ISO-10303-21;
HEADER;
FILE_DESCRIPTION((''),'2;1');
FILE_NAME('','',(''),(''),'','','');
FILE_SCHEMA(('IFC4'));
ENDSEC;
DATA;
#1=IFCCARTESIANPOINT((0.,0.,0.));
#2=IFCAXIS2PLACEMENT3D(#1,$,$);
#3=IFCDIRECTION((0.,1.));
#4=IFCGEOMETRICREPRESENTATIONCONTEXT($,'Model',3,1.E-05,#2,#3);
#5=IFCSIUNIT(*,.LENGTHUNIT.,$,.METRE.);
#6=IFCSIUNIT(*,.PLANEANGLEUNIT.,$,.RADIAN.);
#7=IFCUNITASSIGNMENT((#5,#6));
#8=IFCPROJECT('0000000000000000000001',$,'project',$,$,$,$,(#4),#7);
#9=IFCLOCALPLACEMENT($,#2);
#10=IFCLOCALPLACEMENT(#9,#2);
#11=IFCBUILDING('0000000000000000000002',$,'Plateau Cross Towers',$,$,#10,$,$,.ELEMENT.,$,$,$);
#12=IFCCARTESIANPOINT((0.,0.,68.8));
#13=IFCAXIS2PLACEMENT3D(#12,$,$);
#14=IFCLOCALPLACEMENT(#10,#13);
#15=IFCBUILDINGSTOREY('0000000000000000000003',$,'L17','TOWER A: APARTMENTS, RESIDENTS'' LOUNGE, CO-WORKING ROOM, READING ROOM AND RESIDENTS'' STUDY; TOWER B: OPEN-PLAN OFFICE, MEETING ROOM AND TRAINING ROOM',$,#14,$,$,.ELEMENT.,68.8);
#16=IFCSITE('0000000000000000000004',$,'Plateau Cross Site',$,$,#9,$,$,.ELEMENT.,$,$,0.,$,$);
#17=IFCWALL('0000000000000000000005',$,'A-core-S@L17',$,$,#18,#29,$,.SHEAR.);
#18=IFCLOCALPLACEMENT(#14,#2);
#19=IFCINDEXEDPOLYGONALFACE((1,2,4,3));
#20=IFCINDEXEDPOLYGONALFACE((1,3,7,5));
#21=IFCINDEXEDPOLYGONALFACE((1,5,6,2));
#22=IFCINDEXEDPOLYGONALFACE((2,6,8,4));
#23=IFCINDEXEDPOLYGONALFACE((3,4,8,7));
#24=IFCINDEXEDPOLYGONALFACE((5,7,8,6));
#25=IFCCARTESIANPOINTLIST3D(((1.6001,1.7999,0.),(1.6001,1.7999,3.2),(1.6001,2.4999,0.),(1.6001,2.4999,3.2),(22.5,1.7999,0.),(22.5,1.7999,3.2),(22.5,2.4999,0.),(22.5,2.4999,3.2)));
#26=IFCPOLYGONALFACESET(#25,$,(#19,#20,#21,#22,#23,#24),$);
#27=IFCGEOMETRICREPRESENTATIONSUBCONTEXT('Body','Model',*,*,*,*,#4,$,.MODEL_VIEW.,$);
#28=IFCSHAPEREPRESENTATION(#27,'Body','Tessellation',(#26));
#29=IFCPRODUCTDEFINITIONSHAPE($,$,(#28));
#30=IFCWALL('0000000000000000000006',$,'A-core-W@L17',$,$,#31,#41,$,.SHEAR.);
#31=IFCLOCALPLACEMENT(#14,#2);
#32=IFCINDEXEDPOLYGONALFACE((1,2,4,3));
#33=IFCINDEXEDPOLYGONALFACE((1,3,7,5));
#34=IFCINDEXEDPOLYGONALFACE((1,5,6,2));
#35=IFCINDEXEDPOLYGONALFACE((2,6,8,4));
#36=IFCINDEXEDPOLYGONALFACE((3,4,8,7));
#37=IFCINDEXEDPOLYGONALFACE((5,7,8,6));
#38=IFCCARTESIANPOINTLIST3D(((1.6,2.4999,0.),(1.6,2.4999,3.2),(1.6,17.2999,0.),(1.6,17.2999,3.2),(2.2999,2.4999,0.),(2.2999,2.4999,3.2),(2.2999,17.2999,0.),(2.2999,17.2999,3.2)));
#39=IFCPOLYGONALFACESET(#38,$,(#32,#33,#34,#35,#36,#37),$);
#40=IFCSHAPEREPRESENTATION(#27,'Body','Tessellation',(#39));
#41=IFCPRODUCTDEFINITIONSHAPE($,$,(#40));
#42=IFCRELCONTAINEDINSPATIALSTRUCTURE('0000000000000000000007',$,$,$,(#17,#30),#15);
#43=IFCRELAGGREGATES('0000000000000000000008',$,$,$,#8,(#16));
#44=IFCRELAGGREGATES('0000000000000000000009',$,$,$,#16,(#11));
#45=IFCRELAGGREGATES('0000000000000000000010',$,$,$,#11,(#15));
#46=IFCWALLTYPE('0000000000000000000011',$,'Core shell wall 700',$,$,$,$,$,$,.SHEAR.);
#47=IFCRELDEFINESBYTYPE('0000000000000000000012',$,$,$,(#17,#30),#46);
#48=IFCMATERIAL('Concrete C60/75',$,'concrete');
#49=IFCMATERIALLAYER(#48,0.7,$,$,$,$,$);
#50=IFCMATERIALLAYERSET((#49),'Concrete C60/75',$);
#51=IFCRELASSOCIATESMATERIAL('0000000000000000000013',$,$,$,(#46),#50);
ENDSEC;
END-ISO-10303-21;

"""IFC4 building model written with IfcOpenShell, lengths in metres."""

from ifc_helpers import new_model, si_unit, direction, frame, frame_2d, origin, place, context, subcontext, project, spatial, rectangle, extrude, material, layer, layer_set, type_object, element, save


model = new_model("IFC4")

# Units and contexts
model_context = context("Model", 3, precision=1e-05, world=origin(), true_north=direction((0.0, 1.0)))
body_context = subcontext(model_context, "Body", "Model", "MODEL_VIEW")
ifc_project = project(units=[si_unit("LENGTHUNIT", "METRE"), si_unit("PLANEANGLEUNIT", "RADIAN")], contexts=[model_context])

# Site, building, storey
site_placement = place(None, origin())
site = spatial("IfcSite", under=ifc_project, at=site_placement, Name="Plateau Cross Site", CompositionType="ELEMENT", RefElevation=0.0)
building_placement = place(site_placement, origin())
building = spatial("IfcBuilding", under=site, at=building_placement, Name="Plateau Cross Towers", CompositionType="ELEMENT")
storey_placement = place(building_placement, frame((0.0, 0.0, 68.8)))
storey = spatial("IfcBuildingStorey", under=building, at=storey_placement, Name="L17", Description="TOWER A: APARTMENTS, RESIDENTS' LOUNGE, CO-WORKING ROOM, READING ROOM AND RESIDENTS' STUDY; TOWER B: OPEN-PLAN OFFICE, MEETING ROOM AND TRAINING ROOM", CompositionType="ELEMENT", Elevation=68.8)

# Shared definitions
ifc_material_1 = material(Name="Concrete C60/75", Category="concrete")

# Walls
ifc_layer_1 = layer(ifc_material_1, 0.7)
ifc_layer_set_1 = layer_set([ifc_layer_1], Name="Concrete C60/75")
wall_type_1 = type_object("IfcWallType", Name="Core shell wall 700", PredefinedType="SHEAR", material=ifc_layer_set_1)
wall_1_placement = place(storey_placement, frame((1.6001, 2.1499, 0.0), z_axis=(0.0, 0.0, 1.0), x_axis=(1.0, 0.0, 0.0)))
element("IfcWall", 1, at=wall_1_placement, inside=storey, type_object=wall_type_1, Name="A-core-S@L17", PredefinedType="SHEAR", context=body_context, shape_type="SweptSolid", body=[
    extrude(rectangle(XDim=20.8999, YDim=0.7, at=frame_2d((10.45, 0.0))), origin(), (0.0, 0.0, 1.0), 3.2),
])
wall_2_placement = place(storey_placement, frame((1.95, 2.5, 0.0), z_axis=(0.0, 0.0, 1.0), x_axis=(0.0, 1.0, 0.0)))
element("IfcWall", 2, at=wall_2_placement, inside=storey, type_object=wall_type_1, Name="A-core-W@L17", PredefinedType="SHEAR", context=body_context, shape_type="SweptSolid", body=[
    extrude(rectangle(XDim=14.8, YDim=0.7, at=frame_2d((7.3999, 0.0))), origin(), (0.0, 0.0, 1.0), 3.2),
])

save(model, "model.ifc")
